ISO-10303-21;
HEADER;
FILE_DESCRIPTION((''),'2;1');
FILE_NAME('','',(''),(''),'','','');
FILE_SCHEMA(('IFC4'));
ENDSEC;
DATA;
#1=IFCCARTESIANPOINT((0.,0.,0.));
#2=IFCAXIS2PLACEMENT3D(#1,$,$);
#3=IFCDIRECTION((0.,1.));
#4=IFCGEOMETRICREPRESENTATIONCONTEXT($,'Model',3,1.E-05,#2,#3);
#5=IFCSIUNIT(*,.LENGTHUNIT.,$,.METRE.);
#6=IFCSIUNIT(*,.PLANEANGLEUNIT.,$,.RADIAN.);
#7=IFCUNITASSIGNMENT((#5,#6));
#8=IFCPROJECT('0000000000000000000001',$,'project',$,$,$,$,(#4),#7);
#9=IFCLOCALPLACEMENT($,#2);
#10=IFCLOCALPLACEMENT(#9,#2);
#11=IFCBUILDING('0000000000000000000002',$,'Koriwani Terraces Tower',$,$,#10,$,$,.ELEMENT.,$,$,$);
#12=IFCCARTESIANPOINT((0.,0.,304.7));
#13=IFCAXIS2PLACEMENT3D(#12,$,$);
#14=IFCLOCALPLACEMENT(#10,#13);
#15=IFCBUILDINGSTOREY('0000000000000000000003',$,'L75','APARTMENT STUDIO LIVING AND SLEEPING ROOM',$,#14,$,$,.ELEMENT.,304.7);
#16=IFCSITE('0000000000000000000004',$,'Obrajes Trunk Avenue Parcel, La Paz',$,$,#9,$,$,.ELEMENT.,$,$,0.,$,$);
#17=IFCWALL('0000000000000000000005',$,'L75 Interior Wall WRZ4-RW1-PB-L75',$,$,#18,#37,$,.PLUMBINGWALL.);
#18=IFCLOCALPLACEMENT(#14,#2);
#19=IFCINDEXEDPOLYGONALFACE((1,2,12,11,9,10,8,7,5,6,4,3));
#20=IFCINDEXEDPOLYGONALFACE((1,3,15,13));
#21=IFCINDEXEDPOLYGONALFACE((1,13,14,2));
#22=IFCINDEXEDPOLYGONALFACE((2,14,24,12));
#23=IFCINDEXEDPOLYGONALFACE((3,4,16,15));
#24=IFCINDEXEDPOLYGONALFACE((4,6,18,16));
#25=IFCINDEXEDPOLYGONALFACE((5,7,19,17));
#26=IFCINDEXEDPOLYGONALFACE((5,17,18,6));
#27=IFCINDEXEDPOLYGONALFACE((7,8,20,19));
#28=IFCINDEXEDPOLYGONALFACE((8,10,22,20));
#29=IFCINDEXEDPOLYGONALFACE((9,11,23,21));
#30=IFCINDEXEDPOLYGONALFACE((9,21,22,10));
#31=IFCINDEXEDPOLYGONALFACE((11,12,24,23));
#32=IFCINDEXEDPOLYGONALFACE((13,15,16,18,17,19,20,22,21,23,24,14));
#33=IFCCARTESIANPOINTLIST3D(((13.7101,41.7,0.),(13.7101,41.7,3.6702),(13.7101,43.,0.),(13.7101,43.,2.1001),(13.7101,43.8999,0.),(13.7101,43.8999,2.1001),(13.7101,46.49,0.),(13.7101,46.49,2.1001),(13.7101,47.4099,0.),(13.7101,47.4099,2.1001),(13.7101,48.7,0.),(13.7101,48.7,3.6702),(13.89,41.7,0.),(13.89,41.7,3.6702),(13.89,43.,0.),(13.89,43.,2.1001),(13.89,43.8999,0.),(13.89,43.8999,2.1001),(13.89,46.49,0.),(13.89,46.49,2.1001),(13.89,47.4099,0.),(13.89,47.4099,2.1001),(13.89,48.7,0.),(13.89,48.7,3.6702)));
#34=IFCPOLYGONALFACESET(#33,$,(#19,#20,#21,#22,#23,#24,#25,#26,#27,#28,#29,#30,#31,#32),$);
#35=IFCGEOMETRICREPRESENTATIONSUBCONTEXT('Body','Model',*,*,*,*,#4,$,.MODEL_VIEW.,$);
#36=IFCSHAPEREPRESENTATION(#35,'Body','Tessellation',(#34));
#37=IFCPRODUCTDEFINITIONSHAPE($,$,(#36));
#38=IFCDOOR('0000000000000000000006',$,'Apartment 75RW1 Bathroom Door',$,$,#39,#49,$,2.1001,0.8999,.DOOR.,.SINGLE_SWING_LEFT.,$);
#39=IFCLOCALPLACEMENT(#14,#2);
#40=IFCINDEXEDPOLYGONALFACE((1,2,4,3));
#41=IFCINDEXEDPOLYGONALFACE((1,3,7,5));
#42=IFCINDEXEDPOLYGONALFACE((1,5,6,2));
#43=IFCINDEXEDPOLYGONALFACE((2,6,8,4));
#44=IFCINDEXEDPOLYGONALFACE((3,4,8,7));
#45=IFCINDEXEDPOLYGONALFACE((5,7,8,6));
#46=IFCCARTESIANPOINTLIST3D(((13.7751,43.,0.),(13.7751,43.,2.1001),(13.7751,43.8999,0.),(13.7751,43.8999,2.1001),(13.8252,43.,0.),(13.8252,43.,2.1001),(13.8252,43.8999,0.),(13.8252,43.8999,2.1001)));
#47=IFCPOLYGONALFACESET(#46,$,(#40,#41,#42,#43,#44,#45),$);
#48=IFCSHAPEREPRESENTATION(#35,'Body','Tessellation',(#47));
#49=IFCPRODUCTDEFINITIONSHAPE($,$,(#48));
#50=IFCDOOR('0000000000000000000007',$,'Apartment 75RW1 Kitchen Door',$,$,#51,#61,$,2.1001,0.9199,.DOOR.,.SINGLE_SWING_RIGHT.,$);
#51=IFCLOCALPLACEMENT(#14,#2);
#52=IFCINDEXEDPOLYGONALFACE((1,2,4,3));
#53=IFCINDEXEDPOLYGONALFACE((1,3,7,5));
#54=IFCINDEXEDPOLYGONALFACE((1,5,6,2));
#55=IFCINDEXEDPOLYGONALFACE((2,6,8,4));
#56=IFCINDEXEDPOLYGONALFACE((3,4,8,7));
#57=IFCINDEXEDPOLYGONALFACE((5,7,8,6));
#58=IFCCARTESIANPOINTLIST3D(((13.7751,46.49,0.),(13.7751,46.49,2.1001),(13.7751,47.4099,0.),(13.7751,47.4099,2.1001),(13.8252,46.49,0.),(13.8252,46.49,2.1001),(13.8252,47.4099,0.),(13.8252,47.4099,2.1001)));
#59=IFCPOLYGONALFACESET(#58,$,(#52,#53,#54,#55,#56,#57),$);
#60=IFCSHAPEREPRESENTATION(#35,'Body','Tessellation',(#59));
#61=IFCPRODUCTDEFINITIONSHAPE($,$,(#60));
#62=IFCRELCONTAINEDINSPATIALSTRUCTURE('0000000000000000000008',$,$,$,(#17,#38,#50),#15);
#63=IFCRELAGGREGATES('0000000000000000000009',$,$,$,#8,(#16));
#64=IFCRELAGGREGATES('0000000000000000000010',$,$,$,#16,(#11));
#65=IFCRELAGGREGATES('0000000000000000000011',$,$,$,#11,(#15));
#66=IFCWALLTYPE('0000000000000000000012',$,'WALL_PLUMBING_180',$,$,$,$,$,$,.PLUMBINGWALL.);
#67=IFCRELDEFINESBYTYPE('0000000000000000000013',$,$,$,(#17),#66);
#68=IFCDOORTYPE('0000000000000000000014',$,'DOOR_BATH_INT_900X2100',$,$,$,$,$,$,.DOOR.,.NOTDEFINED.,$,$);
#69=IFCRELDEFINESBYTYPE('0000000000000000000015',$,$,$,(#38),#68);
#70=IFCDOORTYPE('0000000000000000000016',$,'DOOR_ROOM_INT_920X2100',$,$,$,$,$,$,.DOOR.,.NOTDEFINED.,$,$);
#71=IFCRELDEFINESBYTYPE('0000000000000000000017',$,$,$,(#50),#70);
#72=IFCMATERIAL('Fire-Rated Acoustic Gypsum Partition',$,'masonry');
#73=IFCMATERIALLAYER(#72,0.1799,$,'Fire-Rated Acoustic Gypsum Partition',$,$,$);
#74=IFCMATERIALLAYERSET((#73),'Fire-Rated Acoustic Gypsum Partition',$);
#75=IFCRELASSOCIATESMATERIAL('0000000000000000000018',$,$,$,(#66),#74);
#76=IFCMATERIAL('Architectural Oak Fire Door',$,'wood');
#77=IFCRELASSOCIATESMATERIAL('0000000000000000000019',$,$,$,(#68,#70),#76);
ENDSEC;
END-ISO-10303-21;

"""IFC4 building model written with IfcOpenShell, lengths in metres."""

from ifc_helpers import new_model, si_unit, direction, frame, frame_2d, origin, place, context, subcontext, project, spatial, rectangle, extrude, material, layer, layer_set, type_object, element, fill, save


model = new_model("IFC4")

# Units and contexts
model_context = context("Model", 3, precision=1e-05, world=origin(), true_north=direction((0.0, 1.0)))
body_context = subcontext(model_context, "Body", "Model", "MODEL_VIEW")
ifc_project = project(units=[si_unit("LENGTHUNIT", "METRE"), si_unit("PLANEANGLEUNIT", "RADIAN")], contexts=[model_context])

# Site, building, storey
site_placement = place(None, origin())
site = spatial("IfcSite", under=ifc_project, at=site_placement, Name="Obrajes Trunk Avenue Parcel, La Paz", CompositionType="ELEMENT", RefElevation=0.0)
building_placement = place(site_placement, origin())
building = spatial("IfcBuilding", under=site, at=building_placement, Name="Koriwani Terraces Tower", CompositionType="ELEMENT")
storey_placement = place(building_placement, frame((0.0, 0.0, 304.7)))
storey = spatial("IfcBuildingStorey", under=building, at=storey_placement, Name="L75", Description="APARTMENT STUDIO LIVING AND SLEEPING ROOM", CompositionType="ELEMENT", Elevation=304.7)

# Shared definitions
ifc_material_1 = material(Name="Architectural Oak Fire Door", Category="wood")

# Wall, openings, doors
ifc_material_2 = material(Name="Fire-Rated Acoustic Gypsum Partition", Category="masonry")
ifc_layer_1 = layer(ifc_material_2, 0.1799, Name="Fire-Rated Acoustic Gypsum Partition")
ifc_layer_set_1 = layer_set([ifc_layer_1], Name="Fire-Rated Acoustic Gypsum Partition")
wall_type_1 = type_object("IfcWallType", Name="WALL_PLUMBING_180", PredefinedType="PLUMBINGWALL", material=ifc_layer_set_1)
wall_1_placement = place(storey_placement, frame((13.8, 41.7, 0.0), z_axis=(0.0, 0.0, 1.0), x_axis=(0.0, 1.0, 0.0)))
wall_1 = element("IfcWall", 1, at=wall_1_placement, inside=storey, type_object=wall_type_1, Name="L75 Interior Wall WRZ4-RW1-PB-L75", PredefinedType="PLUMBINGWALL", context=body_context, shape_type="SweptSolid", body=[
    extrude(rectangle(XDim=7.0, YDim=0.1799, at=frame_2d((3.5, 0.0))), origin(), (0.0, 0.0, 1.0), 3.6702),
])
opening_1_placement = place(wall_1_placement, frame((1.3, 0.0, 0.0)))
opening_1 = element("IfcOpeningElement", 2, at=opening_1_placement, cuts=wall_1, PredefinedType="OPENING", context=body_context, shape_type="SweptSolid", body=[
    extrude(rectangle(XDim=0.8999, YDim=2.1001, at=frame_2d((0.45, 1.05))), frame((0.0, 0.1001, 0.0), z_axis=(0.0, -1.0, 0.0), x_axis=(1.0, 0.0, 0.0)), (0.0, 0.0, 1.0), 0.2),
])
opening_2_placement = place(wall_1_placement, frame((4.79, 0.0, 0.0)))
opening_2 = element("IfcOpeningElement", 3, at=opening_2_placement, cuts=wall_1, PredefinedType="OPENING", context=body_context, shape_type="SweptSolid", body=[
    extrude(rectangle(XDim=0.9199, YDim=2.1001, at=frame_2d((0.46, 1.05))), frame((0.0, 0.1001, 0.0), z_axis=(0.0, -1.0, 0.0), x_axis=(1.0, 0.0, 0.0)), (0.0, 0.0, 1.0), 0.2),
])
door_type_1 = type_object("IfcDoorType", Name="DOOR_BATH_INT_900X2100", OperationType="NOTDEFINED", PredefinedType="DOOR", material=ifc_material_1)
door_1_placement = place(opening_1_placement, origin())
door_1 = element("IfcDoor", 4, at=door_1_placement, inside=storey, type_object=door_type_1, Name="Apartment 75RW1 Bathroom Door", OperationType="SINGLE_SWING_LEFT", OverallHeight=2.1001, OverallWidth=0.8999, PredefinedType="DOOR", context=body_context, shape_type="SweptSolid", body=[
    extrude(rectangle(XDim=0.8999, YDim=2.1001, at=frame_2d((0.45, 1.05))), frame((0.0, 0.0249, 0.0), z_axis=(0.0, -1.0, 0.0), x_axis=(1.0, 0.0, 0.0)), (0.0, 0.0, 1.0), 0.05),
])
fill(opening_1, door_1)
door_type_2 = type_object("IfcDoorType", Name="DOOR_ROOM_INT_920X2100", OperationType="NOTDEFINED", PredefinedType="DOOR", material=ifc_material_1)
door_2_placement = place(opening_2_placement, origin())
door_2 = element("IfcDoor", 5, at=door_2_placement, inside=storey, type_object=door_type_2, Name="Apartment 75RW1 Kitchen Door", OperationType="SINGLE_SWING_RIGHT", OverallHeight=2.1001, OverallWidth=0.9199, PredefinedType="DOOR", context=body_context, shape_type="SweptSolid", body=[
    extrude(rectangle(XDim=0.9199, YDim=2.1001, at=frame_2d((0.46, 1.05))), frame((0.0, 0.0249, 0.0), z_axis=(0.0, -1.0, 0.0), x_axis=(1.0, 0.0, 0.0)), (0.0, 0.0, 1.0), 0.05),
])
fill(opening_2, door_2)

save(model, "model.ifc")
